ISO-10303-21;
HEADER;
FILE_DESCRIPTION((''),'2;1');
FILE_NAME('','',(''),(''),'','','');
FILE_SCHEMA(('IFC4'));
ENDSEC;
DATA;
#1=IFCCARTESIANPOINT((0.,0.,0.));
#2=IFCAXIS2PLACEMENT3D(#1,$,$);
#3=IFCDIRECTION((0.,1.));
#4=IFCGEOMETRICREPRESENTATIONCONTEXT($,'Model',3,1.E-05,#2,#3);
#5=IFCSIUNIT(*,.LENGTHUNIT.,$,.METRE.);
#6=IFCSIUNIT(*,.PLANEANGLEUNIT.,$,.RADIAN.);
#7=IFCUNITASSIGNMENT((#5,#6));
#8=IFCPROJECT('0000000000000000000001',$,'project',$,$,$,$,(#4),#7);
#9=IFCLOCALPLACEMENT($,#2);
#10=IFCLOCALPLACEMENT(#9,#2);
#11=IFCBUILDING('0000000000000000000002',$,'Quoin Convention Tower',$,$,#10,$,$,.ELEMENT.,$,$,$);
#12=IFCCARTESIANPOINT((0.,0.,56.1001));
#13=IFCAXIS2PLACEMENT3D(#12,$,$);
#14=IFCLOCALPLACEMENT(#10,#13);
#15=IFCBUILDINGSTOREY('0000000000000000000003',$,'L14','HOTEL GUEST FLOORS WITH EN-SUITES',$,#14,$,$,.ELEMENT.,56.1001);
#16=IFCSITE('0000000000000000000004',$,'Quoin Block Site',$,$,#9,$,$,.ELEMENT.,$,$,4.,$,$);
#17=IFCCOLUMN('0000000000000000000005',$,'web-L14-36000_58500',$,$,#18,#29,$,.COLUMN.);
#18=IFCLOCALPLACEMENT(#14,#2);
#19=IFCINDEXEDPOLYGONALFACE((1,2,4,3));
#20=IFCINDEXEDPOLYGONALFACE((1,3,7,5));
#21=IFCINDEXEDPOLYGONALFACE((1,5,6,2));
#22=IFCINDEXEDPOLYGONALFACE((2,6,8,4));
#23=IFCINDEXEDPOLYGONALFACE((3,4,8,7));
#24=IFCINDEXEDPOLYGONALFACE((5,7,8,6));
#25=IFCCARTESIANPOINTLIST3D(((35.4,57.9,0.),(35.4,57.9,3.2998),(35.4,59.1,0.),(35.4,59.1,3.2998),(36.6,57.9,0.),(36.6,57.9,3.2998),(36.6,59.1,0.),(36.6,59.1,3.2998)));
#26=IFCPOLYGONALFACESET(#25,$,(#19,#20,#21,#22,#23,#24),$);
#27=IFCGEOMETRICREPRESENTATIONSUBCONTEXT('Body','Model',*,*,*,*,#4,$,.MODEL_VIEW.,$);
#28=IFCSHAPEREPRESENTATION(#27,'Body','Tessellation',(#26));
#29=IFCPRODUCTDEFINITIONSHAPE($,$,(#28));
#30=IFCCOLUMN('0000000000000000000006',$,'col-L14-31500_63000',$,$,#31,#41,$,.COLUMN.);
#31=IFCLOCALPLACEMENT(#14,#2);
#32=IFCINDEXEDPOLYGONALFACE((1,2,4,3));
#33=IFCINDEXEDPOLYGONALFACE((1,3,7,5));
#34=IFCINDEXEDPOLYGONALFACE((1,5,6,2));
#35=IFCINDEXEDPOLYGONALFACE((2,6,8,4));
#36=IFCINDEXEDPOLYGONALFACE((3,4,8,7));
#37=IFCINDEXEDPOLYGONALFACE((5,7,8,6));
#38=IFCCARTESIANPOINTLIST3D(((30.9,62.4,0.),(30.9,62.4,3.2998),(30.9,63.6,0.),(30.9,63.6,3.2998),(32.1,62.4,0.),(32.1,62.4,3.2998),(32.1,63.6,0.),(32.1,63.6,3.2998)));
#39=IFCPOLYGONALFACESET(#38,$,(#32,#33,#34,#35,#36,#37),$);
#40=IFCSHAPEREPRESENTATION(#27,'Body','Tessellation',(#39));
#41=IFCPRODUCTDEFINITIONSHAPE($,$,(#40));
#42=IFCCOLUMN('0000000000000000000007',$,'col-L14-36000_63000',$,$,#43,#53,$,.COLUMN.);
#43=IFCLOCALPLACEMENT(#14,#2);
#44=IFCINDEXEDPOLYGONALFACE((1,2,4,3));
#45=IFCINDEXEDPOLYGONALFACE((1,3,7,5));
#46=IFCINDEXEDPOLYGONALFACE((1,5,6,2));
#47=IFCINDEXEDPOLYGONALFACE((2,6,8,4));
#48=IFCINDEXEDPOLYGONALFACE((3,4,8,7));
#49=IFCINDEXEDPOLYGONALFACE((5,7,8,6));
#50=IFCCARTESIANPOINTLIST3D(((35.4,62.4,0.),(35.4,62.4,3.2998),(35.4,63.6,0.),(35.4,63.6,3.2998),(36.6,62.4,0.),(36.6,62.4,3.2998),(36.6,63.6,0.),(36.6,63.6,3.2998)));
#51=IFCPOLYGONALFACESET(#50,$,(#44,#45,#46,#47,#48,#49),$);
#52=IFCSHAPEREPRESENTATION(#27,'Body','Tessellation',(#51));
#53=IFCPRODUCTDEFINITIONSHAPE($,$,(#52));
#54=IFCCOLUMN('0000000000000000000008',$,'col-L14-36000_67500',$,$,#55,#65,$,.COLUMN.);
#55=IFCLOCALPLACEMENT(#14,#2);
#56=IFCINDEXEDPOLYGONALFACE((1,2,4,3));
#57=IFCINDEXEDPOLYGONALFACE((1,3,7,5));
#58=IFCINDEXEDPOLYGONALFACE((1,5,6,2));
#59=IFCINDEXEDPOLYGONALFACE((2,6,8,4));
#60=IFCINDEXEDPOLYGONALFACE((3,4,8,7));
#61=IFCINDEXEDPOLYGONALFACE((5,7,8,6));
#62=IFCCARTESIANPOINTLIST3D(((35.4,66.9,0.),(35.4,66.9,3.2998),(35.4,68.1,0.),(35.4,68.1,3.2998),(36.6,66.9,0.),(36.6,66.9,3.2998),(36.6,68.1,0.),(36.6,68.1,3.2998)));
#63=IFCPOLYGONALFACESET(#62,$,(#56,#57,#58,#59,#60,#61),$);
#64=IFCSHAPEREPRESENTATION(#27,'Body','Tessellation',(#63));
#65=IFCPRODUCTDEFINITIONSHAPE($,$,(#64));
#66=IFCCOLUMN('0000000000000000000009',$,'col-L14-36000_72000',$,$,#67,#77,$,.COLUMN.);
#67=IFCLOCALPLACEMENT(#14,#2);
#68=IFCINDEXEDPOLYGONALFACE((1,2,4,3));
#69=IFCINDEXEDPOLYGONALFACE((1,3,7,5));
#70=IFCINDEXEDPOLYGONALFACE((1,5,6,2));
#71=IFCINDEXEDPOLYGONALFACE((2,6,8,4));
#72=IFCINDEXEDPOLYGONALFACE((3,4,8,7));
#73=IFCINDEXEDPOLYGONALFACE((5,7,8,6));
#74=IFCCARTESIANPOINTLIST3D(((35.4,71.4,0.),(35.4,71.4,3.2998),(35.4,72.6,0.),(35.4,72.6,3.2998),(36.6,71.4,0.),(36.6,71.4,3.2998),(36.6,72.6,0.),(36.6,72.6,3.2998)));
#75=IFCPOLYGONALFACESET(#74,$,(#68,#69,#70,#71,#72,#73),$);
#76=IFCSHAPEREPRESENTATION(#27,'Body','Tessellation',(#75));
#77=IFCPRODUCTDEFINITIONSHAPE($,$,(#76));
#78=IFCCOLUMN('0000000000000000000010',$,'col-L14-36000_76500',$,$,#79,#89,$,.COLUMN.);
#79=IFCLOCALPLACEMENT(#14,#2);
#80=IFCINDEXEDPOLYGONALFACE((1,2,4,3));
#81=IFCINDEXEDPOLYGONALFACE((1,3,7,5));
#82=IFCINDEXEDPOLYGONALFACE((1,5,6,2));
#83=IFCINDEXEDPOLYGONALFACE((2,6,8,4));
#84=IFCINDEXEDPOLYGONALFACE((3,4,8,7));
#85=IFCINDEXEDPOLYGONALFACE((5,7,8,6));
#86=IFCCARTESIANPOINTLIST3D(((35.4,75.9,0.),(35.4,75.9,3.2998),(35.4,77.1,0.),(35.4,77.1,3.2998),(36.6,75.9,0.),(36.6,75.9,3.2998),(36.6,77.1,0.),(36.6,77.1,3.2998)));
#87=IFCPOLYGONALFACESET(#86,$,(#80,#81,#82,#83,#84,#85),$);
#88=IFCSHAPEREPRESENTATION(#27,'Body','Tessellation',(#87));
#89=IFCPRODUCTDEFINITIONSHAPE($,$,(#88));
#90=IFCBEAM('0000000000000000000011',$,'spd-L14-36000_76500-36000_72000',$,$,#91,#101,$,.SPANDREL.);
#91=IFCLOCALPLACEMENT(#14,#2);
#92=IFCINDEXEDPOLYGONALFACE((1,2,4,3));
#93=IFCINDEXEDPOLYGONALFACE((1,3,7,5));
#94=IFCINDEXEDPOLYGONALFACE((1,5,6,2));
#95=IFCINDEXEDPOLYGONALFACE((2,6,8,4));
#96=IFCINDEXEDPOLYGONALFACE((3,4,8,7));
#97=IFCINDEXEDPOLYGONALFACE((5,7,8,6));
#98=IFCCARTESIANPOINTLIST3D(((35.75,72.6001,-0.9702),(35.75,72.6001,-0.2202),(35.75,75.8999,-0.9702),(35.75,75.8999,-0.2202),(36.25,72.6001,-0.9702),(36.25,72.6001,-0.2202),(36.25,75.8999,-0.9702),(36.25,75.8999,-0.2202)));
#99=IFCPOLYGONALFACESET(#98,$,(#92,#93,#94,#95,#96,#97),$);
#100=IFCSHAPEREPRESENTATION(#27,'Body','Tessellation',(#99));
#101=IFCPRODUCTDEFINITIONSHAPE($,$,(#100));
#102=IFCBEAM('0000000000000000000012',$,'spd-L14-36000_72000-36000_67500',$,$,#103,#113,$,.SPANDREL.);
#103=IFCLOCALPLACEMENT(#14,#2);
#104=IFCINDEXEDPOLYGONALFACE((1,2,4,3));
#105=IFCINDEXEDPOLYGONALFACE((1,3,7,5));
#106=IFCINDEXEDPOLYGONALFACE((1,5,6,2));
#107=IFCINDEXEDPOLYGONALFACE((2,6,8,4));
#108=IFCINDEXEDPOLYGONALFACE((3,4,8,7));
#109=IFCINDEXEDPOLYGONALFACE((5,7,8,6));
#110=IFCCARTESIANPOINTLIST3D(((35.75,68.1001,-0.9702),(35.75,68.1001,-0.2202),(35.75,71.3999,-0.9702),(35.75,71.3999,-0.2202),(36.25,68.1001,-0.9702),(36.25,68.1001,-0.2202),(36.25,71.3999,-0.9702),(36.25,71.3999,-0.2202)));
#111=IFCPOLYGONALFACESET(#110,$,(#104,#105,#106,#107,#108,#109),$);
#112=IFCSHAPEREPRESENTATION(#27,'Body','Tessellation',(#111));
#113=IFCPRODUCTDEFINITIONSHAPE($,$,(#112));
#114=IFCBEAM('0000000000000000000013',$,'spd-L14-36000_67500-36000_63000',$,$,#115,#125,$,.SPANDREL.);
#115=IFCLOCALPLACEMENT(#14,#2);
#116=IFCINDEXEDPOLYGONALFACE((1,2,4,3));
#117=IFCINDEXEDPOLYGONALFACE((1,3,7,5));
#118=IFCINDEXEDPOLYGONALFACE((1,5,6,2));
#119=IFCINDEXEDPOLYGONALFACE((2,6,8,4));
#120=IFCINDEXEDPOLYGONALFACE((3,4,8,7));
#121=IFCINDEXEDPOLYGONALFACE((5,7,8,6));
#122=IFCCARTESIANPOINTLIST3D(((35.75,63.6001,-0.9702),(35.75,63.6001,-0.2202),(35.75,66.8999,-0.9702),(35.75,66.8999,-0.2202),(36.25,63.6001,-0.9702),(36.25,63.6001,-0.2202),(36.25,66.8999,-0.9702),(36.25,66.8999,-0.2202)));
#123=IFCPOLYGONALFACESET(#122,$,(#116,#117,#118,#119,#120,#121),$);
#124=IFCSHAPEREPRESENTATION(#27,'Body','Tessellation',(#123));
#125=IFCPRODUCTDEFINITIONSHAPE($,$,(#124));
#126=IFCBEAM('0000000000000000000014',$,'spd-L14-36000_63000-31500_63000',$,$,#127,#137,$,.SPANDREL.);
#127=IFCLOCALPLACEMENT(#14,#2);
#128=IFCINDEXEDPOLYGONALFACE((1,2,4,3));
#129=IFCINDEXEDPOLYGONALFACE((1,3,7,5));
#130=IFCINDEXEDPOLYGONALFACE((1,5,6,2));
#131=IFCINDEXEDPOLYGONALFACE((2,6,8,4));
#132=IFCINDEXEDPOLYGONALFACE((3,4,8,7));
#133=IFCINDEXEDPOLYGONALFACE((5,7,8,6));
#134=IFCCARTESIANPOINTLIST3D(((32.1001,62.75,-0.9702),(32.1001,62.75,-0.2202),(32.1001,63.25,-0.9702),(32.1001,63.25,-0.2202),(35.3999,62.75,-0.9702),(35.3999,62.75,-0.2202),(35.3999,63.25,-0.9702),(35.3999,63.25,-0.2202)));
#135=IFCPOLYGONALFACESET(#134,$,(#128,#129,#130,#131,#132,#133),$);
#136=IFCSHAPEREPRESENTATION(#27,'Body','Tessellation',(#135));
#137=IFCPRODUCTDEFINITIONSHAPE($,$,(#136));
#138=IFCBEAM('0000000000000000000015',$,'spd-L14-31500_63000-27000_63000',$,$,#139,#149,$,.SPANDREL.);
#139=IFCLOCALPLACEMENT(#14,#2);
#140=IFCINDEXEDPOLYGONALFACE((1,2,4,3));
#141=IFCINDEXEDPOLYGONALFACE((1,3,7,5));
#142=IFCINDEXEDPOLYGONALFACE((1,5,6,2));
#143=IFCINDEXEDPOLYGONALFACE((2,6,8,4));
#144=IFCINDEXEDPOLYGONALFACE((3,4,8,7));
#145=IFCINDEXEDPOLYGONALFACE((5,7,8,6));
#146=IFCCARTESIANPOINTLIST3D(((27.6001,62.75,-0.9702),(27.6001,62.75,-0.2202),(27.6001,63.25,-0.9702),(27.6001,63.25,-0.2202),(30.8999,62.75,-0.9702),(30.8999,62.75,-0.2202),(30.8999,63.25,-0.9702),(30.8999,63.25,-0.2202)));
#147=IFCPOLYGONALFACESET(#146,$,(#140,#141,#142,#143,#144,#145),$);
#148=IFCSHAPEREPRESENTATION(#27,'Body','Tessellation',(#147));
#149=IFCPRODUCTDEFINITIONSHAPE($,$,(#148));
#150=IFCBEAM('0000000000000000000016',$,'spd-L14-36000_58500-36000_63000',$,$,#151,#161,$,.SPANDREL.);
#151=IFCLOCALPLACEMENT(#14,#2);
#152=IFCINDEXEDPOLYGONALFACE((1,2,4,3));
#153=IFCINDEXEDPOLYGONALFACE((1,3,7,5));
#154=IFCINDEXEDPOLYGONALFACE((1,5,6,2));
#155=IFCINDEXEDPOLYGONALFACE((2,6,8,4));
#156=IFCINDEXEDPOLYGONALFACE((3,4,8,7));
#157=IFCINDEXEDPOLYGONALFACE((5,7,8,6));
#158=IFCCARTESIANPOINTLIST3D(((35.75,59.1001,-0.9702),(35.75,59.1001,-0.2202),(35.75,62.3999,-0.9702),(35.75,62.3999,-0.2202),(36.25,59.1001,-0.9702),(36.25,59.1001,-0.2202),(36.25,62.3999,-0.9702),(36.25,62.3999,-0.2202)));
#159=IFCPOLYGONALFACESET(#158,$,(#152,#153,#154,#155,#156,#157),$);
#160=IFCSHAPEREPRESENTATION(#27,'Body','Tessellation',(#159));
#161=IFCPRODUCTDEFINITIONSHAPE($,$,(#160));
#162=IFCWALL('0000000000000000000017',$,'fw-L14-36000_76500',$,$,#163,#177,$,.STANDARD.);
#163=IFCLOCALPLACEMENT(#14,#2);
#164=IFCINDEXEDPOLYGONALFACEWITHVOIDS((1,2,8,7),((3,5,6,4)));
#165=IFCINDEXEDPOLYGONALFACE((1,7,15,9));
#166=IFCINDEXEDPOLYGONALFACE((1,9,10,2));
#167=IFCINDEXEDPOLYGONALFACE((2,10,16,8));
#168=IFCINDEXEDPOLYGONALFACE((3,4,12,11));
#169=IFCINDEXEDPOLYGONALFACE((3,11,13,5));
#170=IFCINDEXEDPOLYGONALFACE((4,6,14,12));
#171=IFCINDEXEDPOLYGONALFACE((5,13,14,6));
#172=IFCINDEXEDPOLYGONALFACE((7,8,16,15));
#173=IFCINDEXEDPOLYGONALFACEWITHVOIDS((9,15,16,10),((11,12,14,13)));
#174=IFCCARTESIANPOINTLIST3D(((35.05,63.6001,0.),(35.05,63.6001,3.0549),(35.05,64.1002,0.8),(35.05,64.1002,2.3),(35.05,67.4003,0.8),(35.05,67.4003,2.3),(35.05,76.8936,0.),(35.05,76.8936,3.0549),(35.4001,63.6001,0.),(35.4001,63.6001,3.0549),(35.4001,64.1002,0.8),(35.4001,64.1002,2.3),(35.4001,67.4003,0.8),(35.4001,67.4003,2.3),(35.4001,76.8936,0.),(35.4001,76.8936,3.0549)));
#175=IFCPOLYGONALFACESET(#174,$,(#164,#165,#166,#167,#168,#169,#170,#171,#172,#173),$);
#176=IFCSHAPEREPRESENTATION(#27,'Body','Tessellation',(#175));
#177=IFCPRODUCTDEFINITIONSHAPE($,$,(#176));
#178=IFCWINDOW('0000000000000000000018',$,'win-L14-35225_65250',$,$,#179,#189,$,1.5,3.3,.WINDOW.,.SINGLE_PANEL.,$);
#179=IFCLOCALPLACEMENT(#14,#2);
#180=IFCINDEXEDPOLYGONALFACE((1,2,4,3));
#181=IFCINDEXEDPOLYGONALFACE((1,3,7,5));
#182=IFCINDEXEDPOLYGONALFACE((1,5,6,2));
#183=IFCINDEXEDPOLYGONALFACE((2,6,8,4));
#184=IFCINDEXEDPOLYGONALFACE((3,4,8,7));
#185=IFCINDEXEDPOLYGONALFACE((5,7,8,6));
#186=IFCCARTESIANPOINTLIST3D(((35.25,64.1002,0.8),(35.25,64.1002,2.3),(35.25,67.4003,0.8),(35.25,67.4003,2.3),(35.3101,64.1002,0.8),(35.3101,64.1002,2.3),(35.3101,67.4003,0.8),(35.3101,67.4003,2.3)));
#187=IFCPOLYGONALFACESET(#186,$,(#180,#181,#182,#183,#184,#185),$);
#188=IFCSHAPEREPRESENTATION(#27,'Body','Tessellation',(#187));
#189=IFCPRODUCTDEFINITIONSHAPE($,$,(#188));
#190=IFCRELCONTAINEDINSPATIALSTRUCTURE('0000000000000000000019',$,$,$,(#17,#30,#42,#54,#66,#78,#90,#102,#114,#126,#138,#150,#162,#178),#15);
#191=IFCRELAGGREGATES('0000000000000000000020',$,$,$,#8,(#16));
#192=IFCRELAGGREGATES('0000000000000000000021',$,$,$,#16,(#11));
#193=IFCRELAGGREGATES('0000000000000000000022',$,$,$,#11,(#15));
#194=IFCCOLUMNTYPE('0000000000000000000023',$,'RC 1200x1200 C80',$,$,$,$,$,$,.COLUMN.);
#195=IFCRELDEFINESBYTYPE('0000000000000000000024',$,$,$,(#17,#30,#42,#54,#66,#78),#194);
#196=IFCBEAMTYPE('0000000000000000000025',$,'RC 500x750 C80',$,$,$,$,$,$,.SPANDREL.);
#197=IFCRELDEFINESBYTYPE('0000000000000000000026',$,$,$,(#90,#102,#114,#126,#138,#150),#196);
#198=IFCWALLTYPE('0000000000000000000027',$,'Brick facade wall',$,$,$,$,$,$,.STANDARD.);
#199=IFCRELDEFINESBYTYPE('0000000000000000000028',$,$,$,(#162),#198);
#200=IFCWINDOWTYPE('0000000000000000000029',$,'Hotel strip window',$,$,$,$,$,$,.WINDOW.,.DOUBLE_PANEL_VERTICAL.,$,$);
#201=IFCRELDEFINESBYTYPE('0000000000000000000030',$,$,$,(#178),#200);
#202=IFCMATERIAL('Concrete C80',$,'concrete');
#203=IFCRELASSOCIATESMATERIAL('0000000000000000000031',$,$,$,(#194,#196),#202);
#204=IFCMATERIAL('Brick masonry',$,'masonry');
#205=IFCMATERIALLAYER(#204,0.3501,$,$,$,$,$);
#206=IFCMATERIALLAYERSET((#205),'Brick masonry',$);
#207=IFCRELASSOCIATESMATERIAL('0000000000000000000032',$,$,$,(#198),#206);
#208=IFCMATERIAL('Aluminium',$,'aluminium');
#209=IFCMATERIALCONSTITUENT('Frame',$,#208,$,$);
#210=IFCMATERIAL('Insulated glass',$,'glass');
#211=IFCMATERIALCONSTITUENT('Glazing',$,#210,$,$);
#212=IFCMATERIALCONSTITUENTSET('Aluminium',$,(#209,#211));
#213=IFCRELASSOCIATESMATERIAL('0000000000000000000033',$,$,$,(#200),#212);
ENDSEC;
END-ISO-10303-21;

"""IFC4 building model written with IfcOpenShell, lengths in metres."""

from ifc_helpers import new_model, si_unit, direction, frame, frame_2d, origin, origin_2d, place, context, subcontext, project, spatial, rectangle, extrude, material, layer, layer_set, constituent, constituent_set, material_profile, profile_set, type_object, element, fill, save


model = new_model("IFC4")

# Units and contexts
model_context = context("Model", 3, precision=1e-05, world=origin(), true_north=direction((0.0, 1.0)))
body_context = subcontext(model_context, "Body", "Model", "MODEL_VIEW")
ifc_project = project(units=[si_unit("LENGTHUNIT", "METRE"), si_unit("PLANEANGLEUNIT", "RADIAN")], contexts=[model_context])

# Site, building, storey
site_placement = place(None, origin())
site = spatial("IfcSite", under=ifc_project, at=site_placement, Name="Quoin Block Site", CompositionType="ELEMENT", RefElevation=4.0)
building_placement = place(site_placement, origin())
building = spatial("IfcBuilding", under=site, at=building_placement, Name="Quoin Convention Tower", CompositionType="ELEMENT")
storey_placement = place(building_placement, frame((0.0, 0.0, 56.1001)))
storey = spatial("IfcBuildingStorey", under=building, at=storey_placement, Name="L14", Description="HOTEL GUEST FLOORS WITH EN-SUITES", CompositionType="ELEMENT", Elevation=56.1001)

# Columns
ifc_material_1 = material(Name="Concrete C80", Category="concrete")
ifc_material_profile_1 = material_profile(ifc_material_1, rectangle(XDim=1.2, YDim=1.2, at=origin_2d()), Name="RC 1200x1200")
ifc_profile_set_1 = profile_set([ifc_material_profile_1], Name="Concrete C80")
column_type = type_object("IfcColumnType", Name="RC 1200x1200 C80", PredefinedType="COLUMN", material=ifc_profile_set_1)
for number, where, z_axis, x_axis, name in (
    (1, (36.0, 58.5, 0.0), (0.0, 0.0, 1.0), (1.0, 0.0, 0.0), "web-L14-36000_58500"),
    (2, (31.5, 63.0, 0.0), (0.0, 0.0, 1.0), (1.0, 0.0, 0.0), "col-L14-31500_63000"),
    (3, (36.0, 63.0, 0.0), (0.0, 0.0, 1.0), (1.0, 0.0, 0.0), "col-L14-36000_63000"),
    (4, (36.0, 67.5, 0.0), (0.0, 0.0, 1.0), (1.0, 0.0, 0.0), "col-L14-36000_67500"),
    (5, (36.0, 72.0, 0.0), (0.0, 0.0, 1.0), (1.0, 0.0, 0.0), "col-L14-36000_72000"),
    (6, (36.0, 76.5, 0.0), (0.0, 0.0, 1.0), (1.0, 0.0, 0.0), "col-L14-36000_76500"),
):
    element("IfcColumn", number, at=place(storey_placement, frame(where, z_axis=z_axis, x_axis=x_axis)), inside=storey, type_object=column_type, Name=name, PredefinedType="COLUMN", context=body_context, shape_type="SweptSolid", body=[
        extrude(rectangle(XDim=1.2, YDim=1.2, at=origin_2d()), origin(), (0.0, 0.0, 1.0), 3.2998),
    ])

# Beams
ifc_material_profile_2 = material_profile(ifc_material_1, rectangle(XDim=0.5, YDim=0.75, at=origin_2d()), Name="RC 500x750")
ifc_profile_set_2 = profile_set([ifc_material_profile_2], Name="Concrete C80")
beam_type = type_object("IfcBeamType", Name="RC 500x750 C80", PredefinedType="SPANDREL", material=ifc_profile_set_2)
for number, where, z_axis, x_axis, name in (
    (7, (36.0, 75.8999, -0.5952), (0.0, -1.0, 0.0), (1.0, 0.0, 0.0), "spd-L14-36000_76500-36000_72000"),
    (8, (36.0, 71.3999, -0.5952), (0.0, -1.0, 0.0), (1.0, 0.0, 0.0), "spd-L14-36000_72000-36000_67500"),
    (9, (36.0, 66.8999, -0.5952), (0.0, -1.0, 0.0), (1.0, 0.0, 0.0), "spd-L14-36000_67500-36000_63000"),
    (10, (35.3999, 63.0, -0.5952), (-1.0, 0.0, 0.0), (0.0, -1.0, 0.0), "spd-L14-36000_63000-31500_63000"),
    (11, (30.8999, 63.0, -0.5952), (-1.0, 0.0, 0.0), (0.0, -1.0, 0.0), "spd-L14-31500_63000-27000_63000"),
    (12, (36.0, 59.1001, -0.5952), (0.0, 1.0, 0.0), (-1.0, 0.0, 0.0), "spd-L14-36000_58500-36000_63000"),
):
    element("IfcBeam", number, at=place(storey_placement, frame(where, z_axis=z_axis, x_axis=x_axis)), inside=storey, type_object=beam_type, Name=name, PredefinedType="SPANDREL", context=body_context, shape_type="SweptSolid", body=[
        extrude(rectangle(XDim=0.5, YDim=0.75, at=origin_2d()), origin(), (0.0, 0.0, 1.0), 3.2998),
    ])

# Wall, opening, window
ifc_material_2 = material(Name="Brick masonry", Category="masonry")
ifc_layer = layer(ifc_material_2, 0.3501)
ifc_layer_set = layer_set([ifc_layer], Name="Brick masonry")
wall_type = type_object("IfcWallType", Name="Brick facade wall", PredefinedType="STANDARD", material=ifc_layer_set)
wall_1_placement = place(storey_placement, frame((35.2251, 76.8936, 0.0), z_axis=(0.0, 0.0, 1.0), x_axis=(0.0, -1.0, 0.0)))
wall_1 = element("IfcWall", 13, at=wall_1_placement, inside=storey, type_object=wall_type, Name="fw-L14-36000_76500", PredefinedType="STANDARD", context=body_context, shape_type="SweptSolid", body=[
    extrude(rectangle(XDim=13.2935, YDim=0.3501, at=frame_2d((6.6467, 0.0))), origin(), (0.0, 0.0, 1.0), 3.0549),
])
opening_1_placement = place(wall_1_placement, frame((9.4934, 0.0, 0.8)))
opening_1 = element("IfcOpeningElement", 14, at=opening_1_placement, cuts=wall_1, PredefinedType="OPENING", context=body_context, shape_type="SweptSolid", body=[
    extrude(rectangle(XDim=3.3, YDim=1.5, at=frame_2d((1.6499, 0.75))), frame((0.0, 0.1851, 0.0), z_axis=(0.0, -1.0, 0.0), x_axis=(1.0, 0.0, 0.0)), (0.0, 0.0, 1.0), 0.3701),
])
ifc_material_3 = material(Name="Aluminium", Category="aluminium")
ifc_constituent_1 = constituent(ifc_material_3, Name="Frame")
ifc_material_4 = material(Name="Insulated glass", Category="glass")
ifc_constituent_2 = constituent(ifc_material_4, Name="Glazing")
ifc_constituent_set = constituent_set(constituents=[ifc_constituent_1, ifc_constituent_2], Name="Aluminium")
window_type = type_object("IfcWindowType", Name="Hotel strip window", PartitioningType="DOUBLE_PANEL_VERTICAL", PredefinedType="WINDOW", material=ifc_constituent_set)
window_1_placement = place(opening_1_placement, origin())
window_1 = element("IfcWindow", 15, at=window_1_placement, inside=storey, type_object=window_type, Name="win-L14-35225_65250", OverallHeight=1.5, OverallWidth=3.3, PartitioningType="SINGLE_PANEL", PredefinedType="WINDOW", context=body_context, shape_type="SweptSolid", body=[
    extrude(rectangle(XDim=3.3, YDim=1.5, at=frame_2d((1.6499, 0.75))), frame((0.0, 0.085, 0.0), z_axis=(0.0, -1.0, 0.0), x_axis=(1.0, 0.0, 0.0)), (0.0, 0.0, 1.0), 0.0601),
])
fill(opening_1, window_1)

save(model, "model.ifc")
